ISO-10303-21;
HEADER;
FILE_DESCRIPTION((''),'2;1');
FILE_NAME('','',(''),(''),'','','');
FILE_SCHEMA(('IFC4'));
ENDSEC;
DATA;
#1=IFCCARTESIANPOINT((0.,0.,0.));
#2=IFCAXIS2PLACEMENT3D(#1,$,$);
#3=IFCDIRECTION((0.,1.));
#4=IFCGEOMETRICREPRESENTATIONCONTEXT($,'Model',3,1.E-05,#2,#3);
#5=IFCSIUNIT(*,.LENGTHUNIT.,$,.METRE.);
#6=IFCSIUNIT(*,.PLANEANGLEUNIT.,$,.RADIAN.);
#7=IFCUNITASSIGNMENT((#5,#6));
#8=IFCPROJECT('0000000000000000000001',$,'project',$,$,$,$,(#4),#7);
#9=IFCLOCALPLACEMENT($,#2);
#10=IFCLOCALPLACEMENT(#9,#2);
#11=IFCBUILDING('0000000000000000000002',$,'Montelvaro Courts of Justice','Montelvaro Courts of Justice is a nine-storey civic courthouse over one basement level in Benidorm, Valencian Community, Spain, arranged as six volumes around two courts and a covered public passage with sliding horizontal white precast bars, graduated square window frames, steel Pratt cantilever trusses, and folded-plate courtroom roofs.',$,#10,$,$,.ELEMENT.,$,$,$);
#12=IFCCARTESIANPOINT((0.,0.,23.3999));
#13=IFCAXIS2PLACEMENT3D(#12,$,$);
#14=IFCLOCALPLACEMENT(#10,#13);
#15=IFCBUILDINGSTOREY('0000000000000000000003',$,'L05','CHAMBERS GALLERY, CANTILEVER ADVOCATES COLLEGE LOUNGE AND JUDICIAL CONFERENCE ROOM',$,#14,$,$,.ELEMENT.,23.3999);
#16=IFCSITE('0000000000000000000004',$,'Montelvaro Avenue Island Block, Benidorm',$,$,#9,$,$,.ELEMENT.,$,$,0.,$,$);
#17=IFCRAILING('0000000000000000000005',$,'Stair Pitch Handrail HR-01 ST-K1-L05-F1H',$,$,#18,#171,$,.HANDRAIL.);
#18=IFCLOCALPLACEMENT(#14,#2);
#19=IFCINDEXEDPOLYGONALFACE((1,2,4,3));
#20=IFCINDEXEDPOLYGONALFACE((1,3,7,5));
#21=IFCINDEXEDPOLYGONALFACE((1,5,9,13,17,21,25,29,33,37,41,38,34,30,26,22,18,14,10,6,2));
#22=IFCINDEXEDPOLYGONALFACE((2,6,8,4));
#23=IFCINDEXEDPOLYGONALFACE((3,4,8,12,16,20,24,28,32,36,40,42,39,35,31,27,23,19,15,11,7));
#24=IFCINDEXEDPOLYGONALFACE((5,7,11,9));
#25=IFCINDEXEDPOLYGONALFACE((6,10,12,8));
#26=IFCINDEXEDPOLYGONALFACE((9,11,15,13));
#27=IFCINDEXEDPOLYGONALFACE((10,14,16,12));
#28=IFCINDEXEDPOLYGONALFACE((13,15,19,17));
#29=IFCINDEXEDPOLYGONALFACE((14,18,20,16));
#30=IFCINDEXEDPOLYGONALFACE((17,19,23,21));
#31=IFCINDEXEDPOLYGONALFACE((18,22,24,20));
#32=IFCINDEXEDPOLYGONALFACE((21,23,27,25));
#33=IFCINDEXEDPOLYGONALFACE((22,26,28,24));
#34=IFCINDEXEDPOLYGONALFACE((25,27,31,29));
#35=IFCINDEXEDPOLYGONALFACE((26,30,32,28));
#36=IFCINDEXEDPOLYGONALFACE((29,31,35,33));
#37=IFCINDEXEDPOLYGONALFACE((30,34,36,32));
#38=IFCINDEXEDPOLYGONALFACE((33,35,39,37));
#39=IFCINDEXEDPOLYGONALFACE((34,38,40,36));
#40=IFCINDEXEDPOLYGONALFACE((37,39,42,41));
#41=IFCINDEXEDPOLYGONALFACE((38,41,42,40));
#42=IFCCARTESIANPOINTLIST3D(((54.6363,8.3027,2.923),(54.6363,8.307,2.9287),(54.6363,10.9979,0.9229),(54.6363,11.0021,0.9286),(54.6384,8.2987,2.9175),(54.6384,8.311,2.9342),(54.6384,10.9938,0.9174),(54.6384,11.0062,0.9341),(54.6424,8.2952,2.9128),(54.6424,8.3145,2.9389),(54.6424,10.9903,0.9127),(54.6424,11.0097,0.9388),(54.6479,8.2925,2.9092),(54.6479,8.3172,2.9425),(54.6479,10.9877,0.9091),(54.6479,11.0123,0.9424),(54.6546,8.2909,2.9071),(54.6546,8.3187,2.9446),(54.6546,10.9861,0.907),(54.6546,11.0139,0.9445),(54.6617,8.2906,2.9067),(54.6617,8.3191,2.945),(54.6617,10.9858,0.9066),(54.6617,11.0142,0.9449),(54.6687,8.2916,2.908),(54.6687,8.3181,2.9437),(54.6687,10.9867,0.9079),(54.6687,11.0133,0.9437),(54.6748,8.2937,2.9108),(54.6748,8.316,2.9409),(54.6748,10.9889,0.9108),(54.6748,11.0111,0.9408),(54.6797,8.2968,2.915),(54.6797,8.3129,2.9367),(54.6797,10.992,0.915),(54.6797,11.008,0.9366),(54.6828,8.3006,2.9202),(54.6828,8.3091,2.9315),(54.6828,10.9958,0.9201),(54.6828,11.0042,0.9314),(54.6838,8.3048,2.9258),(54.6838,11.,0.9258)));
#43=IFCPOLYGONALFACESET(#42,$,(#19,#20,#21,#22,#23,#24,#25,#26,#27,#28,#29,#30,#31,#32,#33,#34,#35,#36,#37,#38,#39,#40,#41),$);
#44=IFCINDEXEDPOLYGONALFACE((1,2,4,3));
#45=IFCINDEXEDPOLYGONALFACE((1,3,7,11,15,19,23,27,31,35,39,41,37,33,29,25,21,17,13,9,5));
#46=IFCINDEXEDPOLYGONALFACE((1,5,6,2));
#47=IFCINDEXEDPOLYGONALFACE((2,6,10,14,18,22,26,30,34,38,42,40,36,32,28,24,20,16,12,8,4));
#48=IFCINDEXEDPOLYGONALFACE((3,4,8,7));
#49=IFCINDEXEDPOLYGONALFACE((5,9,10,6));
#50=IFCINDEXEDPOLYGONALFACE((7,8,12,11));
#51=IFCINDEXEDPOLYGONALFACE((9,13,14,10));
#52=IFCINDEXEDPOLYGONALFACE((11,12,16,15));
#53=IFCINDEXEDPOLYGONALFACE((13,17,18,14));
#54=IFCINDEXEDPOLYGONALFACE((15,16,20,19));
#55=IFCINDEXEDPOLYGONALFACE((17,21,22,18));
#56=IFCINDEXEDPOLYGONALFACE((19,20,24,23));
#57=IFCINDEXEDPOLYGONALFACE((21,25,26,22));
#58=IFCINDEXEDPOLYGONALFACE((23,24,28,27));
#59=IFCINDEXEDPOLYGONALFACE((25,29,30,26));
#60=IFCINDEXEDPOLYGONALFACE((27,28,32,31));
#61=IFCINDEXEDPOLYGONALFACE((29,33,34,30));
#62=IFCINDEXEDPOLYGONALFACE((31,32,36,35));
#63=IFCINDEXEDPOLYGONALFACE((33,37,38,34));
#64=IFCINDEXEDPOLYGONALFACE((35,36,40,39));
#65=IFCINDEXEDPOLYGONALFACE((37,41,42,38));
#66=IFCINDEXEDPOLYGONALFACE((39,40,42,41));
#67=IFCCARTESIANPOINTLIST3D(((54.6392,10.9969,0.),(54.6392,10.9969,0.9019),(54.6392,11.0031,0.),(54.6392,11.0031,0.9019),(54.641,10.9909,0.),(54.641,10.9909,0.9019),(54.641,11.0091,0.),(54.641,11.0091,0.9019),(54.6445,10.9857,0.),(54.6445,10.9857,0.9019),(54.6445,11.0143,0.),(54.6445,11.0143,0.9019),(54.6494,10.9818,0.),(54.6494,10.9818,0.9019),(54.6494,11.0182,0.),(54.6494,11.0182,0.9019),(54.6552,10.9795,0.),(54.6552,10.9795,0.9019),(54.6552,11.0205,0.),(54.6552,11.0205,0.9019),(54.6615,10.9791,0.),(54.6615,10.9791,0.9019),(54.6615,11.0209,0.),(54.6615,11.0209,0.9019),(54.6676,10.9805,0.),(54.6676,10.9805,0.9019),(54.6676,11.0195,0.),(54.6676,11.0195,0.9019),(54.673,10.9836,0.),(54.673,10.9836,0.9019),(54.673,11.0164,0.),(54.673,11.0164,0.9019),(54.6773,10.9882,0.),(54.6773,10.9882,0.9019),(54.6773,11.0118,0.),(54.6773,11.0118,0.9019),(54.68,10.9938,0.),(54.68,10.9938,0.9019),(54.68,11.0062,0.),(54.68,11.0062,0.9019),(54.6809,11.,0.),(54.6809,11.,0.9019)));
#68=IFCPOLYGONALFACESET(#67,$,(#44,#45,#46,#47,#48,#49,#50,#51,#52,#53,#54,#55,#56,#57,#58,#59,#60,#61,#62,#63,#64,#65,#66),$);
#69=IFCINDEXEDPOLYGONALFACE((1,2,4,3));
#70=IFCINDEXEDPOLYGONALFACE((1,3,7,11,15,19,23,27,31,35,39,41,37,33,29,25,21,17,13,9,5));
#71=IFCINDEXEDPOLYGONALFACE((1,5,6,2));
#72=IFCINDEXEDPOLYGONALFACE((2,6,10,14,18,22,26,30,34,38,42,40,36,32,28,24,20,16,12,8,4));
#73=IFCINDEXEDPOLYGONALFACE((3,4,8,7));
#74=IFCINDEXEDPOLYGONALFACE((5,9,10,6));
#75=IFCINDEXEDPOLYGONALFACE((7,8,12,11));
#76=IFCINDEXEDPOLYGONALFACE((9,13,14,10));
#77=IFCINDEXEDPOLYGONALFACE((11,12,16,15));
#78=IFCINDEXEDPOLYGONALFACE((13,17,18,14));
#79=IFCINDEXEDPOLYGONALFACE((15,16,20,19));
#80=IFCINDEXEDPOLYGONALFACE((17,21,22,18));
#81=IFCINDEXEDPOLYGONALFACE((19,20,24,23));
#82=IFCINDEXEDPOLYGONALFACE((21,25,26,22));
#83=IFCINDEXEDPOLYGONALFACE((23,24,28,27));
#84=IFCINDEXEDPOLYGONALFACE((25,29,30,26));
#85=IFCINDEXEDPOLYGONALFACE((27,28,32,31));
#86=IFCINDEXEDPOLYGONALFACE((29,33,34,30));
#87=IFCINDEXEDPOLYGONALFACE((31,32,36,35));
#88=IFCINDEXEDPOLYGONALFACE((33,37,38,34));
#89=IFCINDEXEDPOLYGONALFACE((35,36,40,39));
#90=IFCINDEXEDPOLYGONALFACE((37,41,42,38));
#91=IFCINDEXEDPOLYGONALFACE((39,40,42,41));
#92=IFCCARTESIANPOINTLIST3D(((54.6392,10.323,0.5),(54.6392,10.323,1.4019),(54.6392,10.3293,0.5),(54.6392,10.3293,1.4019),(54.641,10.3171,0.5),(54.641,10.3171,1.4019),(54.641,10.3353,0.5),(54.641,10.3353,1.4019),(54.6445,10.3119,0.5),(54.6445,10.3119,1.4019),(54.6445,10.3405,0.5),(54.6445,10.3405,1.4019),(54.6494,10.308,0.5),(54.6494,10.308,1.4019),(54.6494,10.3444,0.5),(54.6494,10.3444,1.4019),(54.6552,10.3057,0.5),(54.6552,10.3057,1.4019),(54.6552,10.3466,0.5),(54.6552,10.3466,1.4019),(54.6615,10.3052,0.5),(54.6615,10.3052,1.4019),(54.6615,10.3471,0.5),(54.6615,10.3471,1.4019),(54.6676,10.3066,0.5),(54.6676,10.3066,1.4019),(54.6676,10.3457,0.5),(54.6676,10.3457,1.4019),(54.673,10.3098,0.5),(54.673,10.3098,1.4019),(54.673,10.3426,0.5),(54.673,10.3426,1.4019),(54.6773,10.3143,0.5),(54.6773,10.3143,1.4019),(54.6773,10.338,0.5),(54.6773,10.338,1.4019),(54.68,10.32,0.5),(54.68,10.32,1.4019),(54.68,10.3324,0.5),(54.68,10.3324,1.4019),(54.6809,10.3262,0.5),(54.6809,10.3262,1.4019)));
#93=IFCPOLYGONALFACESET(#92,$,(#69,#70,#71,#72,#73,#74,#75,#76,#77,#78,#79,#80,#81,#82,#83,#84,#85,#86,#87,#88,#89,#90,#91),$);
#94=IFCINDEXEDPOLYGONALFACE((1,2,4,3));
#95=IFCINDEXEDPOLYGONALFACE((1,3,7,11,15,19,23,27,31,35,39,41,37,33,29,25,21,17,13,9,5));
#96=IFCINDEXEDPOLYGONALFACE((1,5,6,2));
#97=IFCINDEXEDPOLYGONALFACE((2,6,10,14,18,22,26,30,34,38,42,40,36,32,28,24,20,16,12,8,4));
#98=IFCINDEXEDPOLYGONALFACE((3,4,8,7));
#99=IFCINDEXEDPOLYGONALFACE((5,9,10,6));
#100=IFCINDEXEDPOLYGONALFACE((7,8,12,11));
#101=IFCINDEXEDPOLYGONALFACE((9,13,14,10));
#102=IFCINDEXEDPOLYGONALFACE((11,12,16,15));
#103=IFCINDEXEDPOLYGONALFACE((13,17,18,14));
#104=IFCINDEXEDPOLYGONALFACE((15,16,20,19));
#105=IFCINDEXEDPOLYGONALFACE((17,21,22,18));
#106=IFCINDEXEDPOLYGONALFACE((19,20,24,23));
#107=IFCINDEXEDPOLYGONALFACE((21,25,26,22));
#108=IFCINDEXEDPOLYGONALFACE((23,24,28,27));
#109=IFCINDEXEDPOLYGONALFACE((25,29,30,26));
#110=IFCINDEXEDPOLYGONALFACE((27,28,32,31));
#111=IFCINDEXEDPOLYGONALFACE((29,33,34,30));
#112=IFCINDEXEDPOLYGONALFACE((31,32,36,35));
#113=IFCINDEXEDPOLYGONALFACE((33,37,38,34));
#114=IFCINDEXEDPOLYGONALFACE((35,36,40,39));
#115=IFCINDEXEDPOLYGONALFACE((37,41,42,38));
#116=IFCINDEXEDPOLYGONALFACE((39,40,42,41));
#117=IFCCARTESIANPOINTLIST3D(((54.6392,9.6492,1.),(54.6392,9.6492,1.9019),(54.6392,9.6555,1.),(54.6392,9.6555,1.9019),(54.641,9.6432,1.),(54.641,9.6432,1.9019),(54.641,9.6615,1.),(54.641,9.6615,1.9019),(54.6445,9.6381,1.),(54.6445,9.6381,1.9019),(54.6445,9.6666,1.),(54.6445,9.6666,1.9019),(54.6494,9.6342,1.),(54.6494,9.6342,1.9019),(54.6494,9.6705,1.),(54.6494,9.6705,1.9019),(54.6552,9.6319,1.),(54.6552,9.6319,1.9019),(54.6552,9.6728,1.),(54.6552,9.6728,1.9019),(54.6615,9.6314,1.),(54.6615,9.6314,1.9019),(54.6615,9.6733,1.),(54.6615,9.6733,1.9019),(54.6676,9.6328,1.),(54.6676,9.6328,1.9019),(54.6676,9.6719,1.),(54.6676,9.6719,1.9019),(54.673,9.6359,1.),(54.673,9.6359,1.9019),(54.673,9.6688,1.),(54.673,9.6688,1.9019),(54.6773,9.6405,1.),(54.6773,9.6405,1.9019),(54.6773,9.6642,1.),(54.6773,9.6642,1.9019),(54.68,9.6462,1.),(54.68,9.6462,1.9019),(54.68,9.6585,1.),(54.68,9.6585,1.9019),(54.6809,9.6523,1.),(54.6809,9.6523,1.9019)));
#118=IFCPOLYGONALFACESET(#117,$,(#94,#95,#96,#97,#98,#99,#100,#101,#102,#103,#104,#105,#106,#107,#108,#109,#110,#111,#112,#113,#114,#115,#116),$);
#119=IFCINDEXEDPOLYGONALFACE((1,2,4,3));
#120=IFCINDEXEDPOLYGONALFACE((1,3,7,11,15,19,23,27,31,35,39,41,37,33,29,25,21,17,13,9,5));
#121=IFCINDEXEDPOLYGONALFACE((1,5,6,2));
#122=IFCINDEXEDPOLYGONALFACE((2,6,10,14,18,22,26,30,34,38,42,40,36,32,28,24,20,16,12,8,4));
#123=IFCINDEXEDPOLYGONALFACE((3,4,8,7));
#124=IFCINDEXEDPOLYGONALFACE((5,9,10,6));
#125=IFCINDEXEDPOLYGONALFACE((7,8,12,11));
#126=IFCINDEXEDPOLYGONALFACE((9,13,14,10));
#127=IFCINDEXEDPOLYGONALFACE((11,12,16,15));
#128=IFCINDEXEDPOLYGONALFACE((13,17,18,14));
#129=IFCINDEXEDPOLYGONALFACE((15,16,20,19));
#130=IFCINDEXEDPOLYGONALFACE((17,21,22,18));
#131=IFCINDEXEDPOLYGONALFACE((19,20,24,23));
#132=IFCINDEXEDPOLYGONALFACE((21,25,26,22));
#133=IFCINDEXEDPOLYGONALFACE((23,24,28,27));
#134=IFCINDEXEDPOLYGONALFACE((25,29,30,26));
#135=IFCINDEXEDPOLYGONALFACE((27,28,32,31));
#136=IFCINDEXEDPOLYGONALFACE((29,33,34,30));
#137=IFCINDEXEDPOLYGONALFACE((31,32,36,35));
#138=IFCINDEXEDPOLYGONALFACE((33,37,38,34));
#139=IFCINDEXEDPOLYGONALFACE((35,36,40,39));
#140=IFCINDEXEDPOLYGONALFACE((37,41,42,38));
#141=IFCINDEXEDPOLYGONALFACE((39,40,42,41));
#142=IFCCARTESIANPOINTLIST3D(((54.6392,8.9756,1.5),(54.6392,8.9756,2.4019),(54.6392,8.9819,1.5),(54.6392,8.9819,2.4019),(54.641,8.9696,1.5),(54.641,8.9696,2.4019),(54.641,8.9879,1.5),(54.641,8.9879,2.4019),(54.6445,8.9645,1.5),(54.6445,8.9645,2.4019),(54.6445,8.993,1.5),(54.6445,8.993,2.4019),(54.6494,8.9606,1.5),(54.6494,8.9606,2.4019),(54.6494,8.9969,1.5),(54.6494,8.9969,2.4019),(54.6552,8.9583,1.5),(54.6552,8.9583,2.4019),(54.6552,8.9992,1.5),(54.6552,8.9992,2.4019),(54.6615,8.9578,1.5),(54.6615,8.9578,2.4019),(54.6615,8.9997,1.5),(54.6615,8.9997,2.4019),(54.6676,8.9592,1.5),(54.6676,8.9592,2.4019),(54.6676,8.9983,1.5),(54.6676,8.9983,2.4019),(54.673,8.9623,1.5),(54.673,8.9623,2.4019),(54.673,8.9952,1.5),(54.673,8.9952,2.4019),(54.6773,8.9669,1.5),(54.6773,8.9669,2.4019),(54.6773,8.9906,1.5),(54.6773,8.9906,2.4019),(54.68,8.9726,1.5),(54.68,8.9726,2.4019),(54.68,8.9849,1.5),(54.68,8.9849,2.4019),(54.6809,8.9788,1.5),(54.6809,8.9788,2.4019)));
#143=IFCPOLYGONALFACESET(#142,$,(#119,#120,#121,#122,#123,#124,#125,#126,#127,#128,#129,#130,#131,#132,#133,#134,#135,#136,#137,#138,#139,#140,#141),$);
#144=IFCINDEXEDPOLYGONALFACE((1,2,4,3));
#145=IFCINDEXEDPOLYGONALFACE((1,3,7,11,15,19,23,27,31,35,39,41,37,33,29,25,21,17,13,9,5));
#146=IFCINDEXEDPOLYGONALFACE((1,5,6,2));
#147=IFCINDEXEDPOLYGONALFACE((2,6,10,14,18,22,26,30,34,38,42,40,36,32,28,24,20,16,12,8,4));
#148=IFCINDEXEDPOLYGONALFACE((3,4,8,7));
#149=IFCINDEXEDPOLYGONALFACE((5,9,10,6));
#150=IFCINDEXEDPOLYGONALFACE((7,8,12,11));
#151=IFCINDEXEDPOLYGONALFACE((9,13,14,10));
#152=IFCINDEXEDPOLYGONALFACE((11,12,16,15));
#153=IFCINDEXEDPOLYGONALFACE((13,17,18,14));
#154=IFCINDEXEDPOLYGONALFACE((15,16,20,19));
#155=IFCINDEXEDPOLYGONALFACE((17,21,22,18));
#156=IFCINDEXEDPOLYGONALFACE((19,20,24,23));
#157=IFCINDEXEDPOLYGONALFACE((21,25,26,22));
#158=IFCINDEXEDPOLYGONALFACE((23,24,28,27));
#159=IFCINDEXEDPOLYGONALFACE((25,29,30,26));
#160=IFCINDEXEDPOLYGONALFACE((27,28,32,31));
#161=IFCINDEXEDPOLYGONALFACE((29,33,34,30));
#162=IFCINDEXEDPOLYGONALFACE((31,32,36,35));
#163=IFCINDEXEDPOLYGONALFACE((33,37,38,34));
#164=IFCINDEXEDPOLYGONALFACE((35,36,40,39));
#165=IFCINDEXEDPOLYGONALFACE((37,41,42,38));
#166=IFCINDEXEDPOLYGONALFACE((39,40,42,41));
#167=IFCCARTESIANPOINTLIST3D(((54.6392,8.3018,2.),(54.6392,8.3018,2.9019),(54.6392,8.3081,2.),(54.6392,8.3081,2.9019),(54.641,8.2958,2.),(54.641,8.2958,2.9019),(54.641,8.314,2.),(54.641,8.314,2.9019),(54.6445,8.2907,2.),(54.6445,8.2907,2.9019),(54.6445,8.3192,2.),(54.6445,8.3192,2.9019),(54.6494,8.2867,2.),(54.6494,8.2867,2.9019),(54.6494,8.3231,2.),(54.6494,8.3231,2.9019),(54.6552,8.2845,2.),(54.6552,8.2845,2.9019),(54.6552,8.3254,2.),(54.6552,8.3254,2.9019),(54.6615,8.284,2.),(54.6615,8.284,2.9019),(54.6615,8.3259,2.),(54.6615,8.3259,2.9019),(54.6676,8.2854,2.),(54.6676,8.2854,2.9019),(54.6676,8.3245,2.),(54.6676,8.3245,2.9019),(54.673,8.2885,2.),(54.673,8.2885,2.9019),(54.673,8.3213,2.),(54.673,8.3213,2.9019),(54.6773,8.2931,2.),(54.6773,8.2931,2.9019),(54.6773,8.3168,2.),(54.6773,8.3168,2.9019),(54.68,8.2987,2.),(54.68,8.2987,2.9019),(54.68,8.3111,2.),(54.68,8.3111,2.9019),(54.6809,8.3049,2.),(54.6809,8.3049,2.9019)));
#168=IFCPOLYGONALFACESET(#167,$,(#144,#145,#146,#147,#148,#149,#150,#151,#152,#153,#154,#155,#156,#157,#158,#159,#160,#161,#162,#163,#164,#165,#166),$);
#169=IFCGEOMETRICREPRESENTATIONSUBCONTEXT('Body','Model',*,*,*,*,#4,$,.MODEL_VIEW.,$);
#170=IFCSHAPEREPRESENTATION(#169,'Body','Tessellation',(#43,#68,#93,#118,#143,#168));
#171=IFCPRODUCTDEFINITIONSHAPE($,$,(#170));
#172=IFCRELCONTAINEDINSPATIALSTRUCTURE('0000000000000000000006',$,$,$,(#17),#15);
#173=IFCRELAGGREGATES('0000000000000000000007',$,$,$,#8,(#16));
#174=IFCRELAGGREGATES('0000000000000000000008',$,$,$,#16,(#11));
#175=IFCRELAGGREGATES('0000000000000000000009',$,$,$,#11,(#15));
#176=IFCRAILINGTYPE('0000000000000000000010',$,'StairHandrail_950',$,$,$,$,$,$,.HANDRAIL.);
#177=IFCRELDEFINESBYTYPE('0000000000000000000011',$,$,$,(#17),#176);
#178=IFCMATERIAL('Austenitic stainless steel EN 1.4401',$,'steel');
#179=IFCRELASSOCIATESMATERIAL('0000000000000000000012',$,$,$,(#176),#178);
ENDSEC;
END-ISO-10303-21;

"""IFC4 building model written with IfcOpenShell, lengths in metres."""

from ifc_helpers import new_model, si_unit, direction, frame, origin, origin_2d, place, context, subcontext, project, spatial, circle, extrude, material, type_object, element, save


model = new_model("IFC4")

# Units and contexts
model_context = context("Model", 3, precision=1e-05, world=origin(), true_north=direction((0.0, 1.0)))
body_context = subcontext(model_context, "Body", "Model", "MODEL_VIEW")
ifc_project = project(units=[si_unit("LENGTHUNIT", "METRE"), si_unit("PLANEANGLEUNIT", "RADIAN")], contexts=[model_context])

# Site, building, storey
site_placement = place(None, origin())
site = spatial("IfcSite", under=ifc_project, at=site_placement, Name="Montelvaro Avenue Island Block, Benidorm", CompositionType="ELEMENT", RefElevation=0.0)
building_placement = place(site_placement, origin())
building = spatial("IfcBuilding", under=site, at=building_placement, Name="Montelvaro Courts of Justice", Description="Montelvaro Courts of Justice is a nine-storey civic courthouse over one basement level in Benidorm, Valencian Community, Spain, arranged as six volumes around two courts and a covered public passage with sliding horizontal white precast bars, graduated square window frames, steel Pratt cantilever trusses, and folded-plate courtroom roofs.", CompositionType="ELEMENT")
storey_placement = place(building_placement, frame((0.0, 0.0, 23.3999)))
storey = spatial("IfcBuildingStorey", under=building, at=storey_placement, Name="L05", Description="CHAMBERS GALLERY, CANTILEVER ADVOCATES COLLEGE LOUNGE AND JUDICIAL CONFERENCE ROOM", CompositionType="ELEMENT", Elevation=23.3999)

# Railing
ifc_material_1 = material(Name="Austenitic stainless steel EN 1.4401", Category="steel")
railing_type_1 = type_object("IfcRailingType", Name="StairHandrail_950", PredefinedType="HANDRAIL", material=ifc_material_1)
railing_1_placement = place(storey_placement, frame((54.6599, 11.0, 0.0)))
element("IfcRailing", 1, at=railing_1_placement, inside=storey, type_object=railing_type_1, Name="Stair Pitch Handrail HR-01 ST-K1-L05-F1H", PredefinedType="HANDRAIL", context=body_context, shape_type="SweptSolid", body=[
    extrude(circle(Radius=0.0239, at=origin_2d()), frame((0.0, 0.0, 0.9258), z_axis=(0.0, -0.803036, 0.59593), x_axis=(1.0, 0.0, 0.0)), (0.0, 0.0, 1.0), 3.3562),
    extrude(circle(Radius=0.021, at=origin_2d()), origin(), (0.0, 0.0, 1.0), 0.9019),
    extrude(circle(Radius=0.021, at=origin_2d()), frame((0.0, -0.6738, 0.5)), (0.0, 0.0, 1.0), 0.9019),
    extrude(circle(Radius=0.021, at=origin_2d()), frame((0.0, -1.3477, 1.0)), (0.0, 0.0, 1.0), 0.9019),
    extrude(circle(Radius=0.021, at=origin_2d()), frame((0.0, -2.0212, 1.5)), (0.0, 0.0, 1.0), 0.9019),
    extrude(circle(Radius=0.021, at=origin_2d()), frame((0.0, -2.6951, 2.0)), (0.0, 0.0, 1.0), 0.9019),
])

save(model, "model.ifc")
